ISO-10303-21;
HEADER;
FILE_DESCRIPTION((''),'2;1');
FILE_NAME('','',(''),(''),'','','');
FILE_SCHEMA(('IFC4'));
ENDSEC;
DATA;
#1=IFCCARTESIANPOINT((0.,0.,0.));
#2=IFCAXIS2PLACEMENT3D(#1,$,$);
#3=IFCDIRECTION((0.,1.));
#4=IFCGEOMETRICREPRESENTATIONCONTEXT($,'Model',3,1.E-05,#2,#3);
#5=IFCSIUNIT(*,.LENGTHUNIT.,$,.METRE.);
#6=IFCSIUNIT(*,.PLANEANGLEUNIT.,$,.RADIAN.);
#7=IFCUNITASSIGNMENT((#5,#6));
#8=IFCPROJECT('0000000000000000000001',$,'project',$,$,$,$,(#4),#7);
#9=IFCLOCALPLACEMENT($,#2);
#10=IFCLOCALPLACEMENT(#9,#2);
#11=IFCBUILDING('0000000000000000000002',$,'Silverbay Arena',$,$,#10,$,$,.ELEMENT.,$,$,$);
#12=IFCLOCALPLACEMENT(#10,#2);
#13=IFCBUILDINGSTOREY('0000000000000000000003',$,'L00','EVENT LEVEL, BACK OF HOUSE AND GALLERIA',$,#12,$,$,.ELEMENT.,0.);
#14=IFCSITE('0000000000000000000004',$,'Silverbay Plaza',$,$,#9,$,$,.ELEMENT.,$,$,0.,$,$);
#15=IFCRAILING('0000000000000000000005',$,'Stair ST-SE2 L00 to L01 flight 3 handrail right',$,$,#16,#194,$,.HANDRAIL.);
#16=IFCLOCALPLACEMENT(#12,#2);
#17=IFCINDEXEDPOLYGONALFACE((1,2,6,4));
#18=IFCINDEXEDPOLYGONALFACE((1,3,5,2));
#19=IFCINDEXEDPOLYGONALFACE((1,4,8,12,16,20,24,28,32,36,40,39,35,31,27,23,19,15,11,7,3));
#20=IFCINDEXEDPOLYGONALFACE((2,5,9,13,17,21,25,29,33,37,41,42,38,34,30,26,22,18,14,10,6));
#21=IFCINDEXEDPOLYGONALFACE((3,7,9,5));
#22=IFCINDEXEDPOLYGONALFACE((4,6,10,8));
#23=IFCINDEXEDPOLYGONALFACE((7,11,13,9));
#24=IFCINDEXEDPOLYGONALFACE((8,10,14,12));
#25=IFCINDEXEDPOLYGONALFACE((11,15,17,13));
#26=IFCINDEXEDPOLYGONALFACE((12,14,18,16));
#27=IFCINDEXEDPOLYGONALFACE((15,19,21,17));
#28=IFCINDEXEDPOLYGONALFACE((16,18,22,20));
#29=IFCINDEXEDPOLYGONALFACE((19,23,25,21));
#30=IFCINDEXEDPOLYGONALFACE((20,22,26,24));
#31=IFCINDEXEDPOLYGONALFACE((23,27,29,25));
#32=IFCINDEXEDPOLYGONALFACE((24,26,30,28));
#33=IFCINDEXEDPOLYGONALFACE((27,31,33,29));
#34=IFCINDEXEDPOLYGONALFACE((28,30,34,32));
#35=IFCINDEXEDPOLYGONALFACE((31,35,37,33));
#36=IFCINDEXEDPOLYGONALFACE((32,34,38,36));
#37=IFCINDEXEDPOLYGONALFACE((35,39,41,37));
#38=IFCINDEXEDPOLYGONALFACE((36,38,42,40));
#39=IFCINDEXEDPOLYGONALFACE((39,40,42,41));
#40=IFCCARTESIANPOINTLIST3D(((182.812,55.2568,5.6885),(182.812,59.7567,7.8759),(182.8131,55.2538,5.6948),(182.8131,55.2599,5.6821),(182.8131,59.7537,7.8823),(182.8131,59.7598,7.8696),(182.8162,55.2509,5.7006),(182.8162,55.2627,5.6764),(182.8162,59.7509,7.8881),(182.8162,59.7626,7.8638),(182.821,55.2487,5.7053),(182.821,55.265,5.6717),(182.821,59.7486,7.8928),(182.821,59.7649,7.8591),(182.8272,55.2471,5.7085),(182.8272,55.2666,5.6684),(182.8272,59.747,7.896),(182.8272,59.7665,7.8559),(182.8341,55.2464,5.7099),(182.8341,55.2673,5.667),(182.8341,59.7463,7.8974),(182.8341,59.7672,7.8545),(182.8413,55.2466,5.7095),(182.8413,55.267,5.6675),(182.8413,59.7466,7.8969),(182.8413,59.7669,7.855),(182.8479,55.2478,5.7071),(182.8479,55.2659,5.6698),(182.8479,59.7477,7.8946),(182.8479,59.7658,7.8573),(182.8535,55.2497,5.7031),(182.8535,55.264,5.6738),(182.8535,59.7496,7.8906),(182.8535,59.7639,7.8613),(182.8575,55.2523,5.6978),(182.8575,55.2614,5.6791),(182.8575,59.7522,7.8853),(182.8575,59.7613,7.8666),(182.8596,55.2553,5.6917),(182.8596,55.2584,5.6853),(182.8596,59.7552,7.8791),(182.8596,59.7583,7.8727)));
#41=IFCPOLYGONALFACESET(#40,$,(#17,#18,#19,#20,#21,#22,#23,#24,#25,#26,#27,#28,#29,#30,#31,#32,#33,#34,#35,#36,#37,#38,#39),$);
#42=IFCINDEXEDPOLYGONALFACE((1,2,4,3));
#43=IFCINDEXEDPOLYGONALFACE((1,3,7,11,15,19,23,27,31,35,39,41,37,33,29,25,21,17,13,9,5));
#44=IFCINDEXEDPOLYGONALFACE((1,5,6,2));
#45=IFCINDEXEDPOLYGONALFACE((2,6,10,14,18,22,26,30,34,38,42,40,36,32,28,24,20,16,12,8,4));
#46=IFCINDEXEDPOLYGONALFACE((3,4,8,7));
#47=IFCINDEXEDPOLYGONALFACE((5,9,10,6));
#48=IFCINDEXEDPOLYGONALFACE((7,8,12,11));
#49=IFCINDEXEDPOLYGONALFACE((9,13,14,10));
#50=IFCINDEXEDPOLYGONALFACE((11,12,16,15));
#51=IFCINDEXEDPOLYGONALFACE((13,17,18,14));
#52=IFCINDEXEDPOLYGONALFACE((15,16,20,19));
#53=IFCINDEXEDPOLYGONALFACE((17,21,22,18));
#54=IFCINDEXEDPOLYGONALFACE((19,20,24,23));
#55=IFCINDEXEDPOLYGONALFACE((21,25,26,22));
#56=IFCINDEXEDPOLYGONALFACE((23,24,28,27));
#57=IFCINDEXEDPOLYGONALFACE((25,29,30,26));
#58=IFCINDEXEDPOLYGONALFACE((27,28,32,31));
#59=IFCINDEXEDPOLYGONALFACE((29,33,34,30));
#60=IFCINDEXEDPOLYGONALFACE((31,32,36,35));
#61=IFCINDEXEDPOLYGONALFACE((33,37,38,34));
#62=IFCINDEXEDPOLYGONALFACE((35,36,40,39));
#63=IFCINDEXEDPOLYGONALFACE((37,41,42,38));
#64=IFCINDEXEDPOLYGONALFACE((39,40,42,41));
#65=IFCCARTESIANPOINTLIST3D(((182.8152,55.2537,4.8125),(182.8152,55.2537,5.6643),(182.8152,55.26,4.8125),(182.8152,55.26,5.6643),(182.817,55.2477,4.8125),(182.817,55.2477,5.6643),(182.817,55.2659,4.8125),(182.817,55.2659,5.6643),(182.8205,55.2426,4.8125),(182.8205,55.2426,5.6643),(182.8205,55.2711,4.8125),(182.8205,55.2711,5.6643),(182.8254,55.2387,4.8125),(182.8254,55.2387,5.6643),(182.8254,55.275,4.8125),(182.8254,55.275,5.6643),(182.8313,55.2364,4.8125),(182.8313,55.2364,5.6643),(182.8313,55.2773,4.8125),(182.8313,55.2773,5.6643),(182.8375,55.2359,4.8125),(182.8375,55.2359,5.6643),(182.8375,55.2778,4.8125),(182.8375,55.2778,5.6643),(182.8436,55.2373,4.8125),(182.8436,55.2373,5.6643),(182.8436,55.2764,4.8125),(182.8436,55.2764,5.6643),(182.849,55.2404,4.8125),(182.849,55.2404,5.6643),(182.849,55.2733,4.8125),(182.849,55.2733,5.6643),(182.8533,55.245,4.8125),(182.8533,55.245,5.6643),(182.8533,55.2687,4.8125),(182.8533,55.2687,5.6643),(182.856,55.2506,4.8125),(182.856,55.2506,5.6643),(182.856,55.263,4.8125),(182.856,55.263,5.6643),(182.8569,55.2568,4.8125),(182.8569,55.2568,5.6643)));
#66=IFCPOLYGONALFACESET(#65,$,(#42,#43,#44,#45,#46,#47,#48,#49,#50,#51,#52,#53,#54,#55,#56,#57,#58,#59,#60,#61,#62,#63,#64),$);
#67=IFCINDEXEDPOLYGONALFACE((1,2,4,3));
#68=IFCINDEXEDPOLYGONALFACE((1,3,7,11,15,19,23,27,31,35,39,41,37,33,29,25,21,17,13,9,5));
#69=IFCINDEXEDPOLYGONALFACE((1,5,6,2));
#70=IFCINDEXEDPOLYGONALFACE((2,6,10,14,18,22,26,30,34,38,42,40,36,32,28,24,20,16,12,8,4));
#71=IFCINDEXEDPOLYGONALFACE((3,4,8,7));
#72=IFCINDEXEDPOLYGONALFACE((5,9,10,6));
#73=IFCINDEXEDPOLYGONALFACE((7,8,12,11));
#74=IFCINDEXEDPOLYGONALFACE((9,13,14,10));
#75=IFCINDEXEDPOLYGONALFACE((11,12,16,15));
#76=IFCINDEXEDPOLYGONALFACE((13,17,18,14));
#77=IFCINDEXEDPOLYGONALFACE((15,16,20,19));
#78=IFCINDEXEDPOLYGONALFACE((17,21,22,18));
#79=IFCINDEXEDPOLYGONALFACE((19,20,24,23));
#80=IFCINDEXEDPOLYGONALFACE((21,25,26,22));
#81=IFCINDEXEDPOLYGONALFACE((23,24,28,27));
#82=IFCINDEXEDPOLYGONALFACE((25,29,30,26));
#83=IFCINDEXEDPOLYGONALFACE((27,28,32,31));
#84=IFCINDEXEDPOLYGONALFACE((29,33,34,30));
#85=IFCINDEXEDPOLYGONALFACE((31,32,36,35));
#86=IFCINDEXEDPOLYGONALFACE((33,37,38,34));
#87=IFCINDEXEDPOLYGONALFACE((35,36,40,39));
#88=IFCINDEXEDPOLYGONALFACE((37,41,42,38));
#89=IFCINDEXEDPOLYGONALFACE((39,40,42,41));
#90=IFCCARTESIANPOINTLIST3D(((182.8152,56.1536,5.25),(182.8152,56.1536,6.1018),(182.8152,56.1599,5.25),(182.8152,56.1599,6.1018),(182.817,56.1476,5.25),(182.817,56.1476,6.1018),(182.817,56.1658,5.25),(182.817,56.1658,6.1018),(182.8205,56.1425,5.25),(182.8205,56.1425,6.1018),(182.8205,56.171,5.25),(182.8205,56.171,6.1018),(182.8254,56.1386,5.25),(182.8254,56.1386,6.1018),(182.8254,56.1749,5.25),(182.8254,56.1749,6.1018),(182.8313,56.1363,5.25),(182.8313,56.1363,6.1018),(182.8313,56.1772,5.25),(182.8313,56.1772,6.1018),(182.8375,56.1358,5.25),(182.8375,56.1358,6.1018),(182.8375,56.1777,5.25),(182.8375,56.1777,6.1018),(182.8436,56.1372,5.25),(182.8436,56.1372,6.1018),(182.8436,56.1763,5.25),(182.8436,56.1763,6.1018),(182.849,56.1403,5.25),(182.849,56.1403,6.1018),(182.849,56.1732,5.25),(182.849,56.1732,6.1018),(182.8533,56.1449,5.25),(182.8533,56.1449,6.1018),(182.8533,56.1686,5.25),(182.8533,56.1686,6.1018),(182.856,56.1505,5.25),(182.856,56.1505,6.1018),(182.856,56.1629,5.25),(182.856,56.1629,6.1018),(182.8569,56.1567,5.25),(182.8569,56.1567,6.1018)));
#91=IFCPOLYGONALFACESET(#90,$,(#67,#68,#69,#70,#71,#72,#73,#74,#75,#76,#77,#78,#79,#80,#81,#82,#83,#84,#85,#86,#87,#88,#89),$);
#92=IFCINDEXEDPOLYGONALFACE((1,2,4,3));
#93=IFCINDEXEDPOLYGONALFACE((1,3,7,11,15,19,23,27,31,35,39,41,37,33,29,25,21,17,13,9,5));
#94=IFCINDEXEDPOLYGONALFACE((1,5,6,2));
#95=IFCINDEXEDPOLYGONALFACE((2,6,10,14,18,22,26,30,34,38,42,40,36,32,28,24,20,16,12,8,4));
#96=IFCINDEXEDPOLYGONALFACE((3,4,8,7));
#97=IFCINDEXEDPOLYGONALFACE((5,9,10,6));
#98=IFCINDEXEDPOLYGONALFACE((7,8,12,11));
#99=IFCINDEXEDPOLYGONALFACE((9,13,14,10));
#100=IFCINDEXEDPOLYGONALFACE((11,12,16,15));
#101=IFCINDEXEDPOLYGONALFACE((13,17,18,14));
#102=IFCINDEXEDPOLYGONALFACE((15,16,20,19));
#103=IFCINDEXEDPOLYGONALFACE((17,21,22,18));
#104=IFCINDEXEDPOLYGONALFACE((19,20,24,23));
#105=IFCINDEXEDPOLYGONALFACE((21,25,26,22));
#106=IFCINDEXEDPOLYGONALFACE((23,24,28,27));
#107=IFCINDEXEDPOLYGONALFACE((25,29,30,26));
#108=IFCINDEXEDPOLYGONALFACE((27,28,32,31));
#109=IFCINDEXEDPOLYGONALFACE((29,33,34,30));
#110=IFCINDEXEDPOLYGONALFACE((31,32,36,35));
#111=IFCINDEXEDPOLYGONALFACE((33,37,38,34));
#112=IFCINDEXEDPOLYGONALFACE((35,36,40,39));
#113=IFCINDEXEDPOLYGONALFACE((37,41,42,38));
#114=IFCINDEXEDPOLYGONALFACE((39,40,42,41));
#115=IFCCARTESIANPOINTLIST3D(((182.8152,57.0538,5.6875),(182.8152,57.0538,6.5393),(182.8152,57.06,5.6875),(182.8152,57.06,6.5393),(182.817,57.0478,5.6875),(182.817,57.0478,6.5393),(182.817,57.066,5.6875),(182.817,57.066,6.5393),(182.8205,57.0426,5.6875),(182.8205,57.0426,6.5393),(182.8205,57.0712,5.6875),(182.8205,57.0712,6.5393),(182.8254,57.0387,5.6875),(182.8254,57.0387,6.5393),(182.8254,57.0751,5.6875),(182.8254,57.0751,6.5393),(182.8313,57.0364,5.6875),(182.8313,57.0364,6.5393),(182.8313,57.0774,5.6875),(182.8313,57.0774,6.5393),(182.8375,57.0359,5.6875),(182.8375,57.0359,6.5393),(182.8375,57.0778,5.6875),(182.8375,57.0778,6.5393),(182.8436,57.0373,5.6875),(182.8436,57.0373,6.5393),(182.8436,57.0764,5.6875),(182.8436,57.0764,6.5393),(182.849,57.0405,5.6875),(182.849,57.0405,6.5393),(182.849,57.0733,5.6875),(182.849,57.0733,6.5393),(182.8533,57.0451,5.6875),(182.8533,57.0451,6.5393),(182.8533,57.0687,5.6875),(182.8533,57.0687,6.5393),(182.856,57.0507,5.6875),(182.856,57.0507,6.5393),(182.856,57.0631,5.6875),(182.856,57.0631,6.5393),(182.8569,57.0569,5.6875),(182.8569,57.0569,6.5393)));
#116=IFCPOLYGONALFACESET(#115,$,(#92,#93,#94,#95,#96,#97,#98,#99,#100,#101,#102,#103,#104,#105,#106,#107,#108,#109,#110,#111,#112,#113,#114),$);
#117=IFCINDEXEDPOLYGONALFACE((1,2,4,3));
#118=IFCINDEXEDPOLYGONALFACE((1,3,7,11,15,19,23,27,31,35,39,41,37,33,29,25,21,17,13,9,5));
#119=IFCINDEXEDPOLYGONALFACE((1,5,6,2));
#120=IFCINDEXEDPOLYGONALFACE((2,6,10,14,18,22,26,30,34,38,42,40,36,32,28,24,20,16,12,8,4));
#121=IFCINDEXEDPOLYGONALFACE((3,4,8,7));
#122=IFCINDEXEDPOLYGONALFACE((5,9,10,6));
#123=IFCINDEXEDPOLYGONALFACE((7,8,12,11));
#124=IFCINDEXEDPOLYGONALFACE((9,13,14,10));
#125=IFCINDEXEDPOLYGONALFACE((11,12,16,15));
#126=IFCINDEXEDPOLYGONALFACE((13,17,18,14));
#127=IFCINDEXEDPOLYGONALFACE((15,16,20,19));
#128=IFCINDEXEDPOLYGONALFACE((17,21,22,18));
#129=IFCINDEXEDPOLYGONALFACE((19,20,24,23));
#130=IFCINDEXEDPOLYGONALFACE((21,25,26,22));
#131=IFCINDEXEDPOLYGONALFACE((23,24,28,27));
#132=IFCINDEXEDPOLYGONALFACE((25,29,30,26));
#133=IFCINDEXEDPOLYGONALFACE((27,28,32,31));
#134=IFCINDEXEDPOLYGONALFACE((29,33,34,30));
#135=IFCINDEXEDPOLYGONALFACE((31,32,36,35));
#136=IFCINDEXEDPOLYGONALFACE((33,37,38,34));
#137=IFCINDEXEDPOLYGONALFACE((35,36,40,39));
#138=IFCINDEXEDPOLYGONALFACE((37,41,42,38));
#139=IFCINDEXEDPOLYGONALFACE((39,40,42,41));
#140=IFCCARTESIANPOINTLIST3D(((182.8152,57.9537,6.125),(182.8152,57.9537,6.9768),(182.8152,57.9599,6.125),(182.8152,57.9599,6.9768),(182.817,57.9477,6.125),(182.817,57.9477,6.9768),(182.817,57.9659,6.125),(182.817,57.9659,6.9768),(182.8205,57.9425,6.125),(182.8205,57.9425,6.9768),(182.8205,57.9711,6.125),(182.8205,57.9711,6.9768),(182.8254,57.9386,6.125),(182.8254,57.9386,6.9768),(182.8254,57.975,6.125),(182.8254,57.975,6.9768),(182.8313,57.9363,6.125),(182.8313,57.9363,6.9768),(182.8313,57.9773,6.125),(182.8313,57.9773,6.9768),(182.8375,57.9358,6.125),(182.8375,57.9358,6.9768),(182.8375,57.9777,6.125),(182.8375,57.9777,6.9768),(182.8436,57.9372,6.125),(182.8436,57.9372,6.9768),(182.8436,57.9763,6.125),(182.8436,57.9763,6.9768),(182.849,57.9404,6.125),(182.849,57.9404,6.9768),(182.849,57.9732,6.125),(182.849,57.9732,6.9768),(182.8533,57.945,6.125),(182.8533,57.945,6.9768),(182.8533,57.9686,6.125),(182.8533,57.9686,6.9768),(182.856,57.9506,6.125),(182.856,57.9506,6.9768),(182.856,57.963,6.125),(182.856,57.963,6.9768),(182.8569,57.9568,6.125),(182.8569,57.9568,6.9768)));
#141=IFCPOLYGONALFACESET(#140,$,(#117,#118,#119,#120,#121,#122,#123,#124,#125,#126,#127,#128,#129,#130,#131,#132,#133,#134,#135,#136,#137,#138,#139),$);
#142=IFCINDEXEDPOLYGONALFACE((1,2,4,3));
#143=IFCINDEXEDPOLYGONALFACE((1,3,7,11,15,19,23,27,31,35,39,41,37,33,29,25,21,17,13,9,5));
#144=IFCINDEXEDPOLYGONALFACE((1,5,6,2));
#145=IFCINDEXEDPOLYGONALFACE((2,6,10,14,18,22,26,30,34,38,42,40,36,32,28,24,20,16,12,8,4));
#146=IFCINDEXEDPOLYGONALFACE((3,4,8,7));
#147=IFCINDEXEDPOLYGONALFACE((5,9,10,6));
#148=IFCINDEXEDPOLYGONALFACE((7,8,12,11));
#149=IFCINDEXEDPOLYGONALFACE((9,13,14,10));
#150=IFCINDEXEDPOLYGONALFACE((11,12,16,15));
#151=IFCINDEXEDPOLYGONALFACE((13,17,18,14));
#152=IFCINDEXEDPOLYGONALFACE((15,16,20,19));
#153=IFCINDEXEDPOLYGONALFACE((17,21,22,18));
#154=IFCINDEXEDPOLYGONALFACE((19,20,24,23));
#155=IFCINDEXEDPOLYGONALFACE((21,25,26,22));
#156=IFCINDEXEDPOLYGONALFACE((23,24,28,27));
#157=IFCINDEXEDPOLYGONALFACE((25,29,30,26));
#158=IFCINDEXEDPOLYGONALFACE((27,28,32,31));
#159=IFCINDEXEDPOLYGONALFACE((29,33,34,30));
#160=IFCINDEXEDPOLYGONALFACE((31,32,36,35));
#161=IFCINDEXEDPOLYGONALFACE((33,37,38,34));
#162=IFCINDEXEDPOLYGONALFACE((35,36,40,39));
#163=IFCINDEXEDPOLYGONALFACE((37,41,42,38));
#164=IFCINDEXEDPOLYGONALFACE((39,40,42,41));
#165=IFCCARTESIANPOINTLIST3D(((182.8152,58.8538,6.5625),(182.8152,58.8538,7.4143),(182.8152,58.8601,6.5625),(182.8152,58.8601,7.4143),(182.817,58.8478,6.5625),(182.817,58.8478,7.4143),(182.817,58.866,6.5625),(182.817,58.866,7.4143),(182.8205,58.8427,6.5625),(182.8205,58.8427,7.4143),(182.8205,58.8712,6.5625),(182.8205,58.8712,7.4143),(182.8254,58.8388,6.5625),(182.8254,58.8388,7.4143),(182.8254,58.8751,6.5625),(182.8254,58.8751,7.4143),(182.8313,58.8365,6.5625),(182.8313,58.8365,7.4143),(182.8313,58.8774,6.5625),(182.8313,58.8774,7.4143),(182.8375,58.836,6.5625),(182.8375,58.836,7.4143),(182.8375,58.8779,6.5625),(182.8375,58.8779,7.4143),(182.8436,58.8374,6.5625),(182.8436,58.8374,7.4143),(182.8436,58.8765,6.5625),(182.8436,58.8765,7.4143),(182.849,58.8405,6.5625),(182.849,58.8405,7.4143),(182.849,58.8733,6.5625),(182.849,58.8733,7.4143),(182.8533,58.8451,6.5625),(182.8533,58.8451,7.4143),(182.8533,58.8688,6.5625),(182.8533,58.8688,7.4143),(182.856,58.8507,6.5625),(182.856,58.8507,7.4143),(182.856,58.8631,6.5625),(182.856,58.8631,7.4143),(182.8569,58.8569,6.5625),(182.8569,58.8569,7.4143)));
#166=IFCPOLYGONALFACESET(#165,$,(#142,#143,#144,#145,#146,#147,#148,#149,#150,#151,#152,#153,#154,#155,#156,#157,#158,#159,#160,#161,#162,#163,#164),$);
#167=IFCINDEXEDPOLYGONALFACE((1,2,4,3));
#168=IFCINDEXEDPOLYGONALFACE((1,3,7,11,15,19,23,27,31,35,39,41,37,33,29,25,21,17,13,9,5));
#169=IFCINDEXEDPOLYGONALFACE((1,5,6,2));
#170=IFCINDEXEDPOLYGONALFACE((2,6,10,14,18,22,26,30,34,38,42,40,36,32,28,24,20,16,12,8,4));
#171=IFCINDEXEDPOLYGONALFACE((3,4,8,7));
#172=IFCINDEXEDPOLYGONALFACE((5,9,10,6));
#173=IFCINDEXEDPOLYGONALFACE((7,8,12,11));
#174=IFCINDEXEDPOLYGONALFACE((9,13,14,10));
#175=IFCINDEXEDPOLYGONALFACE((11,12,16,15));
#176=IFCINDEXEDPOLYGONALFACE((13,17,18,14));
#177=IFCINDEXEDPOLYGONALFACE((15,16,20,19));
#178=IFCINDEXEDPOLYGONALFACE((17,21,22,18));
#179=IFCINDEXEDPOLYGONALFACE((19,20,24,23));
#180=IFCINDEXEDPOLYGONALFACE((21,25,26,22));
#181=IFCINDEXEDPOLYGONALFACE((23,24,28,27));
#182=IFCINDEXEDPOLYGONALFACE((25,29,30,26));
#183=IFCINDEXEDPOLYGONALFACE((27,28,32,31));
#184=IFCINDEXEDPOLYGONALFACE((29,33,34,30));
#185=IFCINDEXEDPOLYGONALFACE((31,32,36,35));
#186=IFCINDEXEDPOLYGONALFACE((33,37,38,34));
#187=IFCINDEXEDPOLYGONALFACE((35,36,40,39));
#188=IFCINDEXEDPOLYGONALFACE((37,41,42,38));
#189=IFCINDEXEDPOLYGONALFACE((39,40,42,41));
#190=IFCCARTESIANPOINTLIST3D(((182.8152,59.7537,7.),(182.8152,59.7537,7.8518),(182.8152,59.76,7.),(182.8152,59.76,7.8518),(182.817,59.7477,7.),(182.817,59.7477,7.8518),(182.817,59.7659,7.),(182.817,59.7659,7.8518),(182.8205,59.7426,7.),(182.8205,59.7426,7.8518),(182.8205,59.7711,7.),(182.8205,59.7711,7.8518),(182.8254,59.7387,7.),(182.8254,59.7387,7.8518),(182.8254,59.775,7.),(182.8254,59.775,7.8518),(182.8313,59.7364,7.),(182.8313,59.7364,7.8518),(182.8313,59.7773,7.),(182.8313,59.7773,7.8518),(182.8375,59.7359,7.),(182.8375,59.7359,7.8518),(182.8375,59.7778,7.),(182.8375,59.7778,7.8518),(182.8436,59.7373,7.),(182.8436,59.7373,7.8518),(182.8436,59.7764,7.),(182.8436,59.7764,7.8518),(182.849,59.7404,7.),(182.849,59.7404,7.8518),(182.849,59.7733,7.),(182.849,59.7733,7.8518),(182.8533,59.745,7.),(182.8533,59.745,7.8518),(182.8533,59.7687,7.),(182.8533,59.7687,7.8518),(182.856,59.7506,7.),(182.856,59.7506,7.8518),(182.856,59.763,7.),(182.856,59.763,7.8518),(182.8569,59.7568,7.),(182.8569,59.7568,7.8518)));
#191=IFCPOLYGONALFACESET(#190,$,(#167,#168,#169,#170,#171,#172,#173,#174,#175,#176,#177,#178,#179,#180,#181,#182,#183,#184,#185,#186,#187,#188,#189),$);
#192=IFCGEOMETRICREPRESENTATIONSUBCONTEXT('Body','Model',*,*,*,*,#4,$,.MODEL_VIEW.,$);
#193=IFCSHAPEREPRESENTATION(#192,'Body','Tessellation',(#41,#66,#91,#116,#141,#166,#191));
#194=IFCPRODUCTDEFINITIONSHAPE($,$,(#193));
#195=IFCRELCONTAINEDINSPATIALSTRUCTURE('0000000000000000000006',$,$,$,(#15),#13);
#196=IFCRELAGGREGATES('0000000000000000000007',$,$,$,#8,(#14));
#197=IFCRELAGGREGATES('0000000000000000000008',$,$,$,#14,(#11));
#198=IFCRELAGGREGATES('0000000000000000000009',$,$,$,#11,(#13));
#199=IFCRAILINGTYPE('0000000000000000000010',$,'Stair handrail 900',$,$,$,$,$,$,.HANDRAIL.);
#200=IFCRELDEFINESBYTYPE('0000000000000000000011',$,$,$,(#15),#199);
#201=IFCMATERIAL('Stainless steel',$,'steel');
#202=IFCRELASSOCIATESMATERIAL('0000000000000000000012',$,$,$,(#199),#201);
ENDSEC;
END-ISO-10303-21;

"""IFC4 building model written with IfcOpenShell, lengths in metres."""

from ifc_helpers import new_model, si_unit, direction, frame, origin, origin_2d, place, context, subcontext, project, spatial, circle, extrude, material, type_object, element, save


model = new_model("IFC4")

# Units and contexts
model_context = context("Model", 3, precision=1e-05, world=origin(), true_north=direction((0.0, 1.0)))
body_context = subcontext(model_context, "Body", "Model", "MODEL_VIEW")
ifc_project = project(units=[si_unit("LENGTHUNIT", "METRE"), si_unit("PLANEANGLEUNIT", "RADIAN")], contexts=[model_context])

# Site, building, storey
site_placement = place(None, origin())
site = spatial("IfcSite", under=ifc_project, at=site_placement, Name="Silverbay Plaza", CompositionType="ELEMENT", RefElevation=0.0)
building_placement = place(site_placement, origin())
building = spatial("IfcBuilding", under=site, at=building_placement, Name="Silverbay Arena", CompositionType="ELEMENT")
storey_placement = place(building_placement, origin())
storey = spatial("IfcBuildingStorey", under=building, at=storey_placement, Name="L00", Description="EVENT LEVEL, BACK OF HOUSE AND GALLERIA", CompositionType="ELEMENT", Elevation=0.0)

# Railing
ifc_material_1 = material(Name="Stainless steel", Category="steel")
railing_type_1 = type_object("IfcRailingType", Name="Stair handrail 900", PredefinedType="HANDRAIL", material=ifc_material_1)
for number, where, name in (
    (1, (182.8359, 55.2568, 4.8125), "Stair ST-SE2 L00 to L01 flight 3 handrail right"),
):
    element("IfcRailing", number, at=place(storey_placement, frame(where)), inside=storey, type_object=railing_type_1, Name=name, PredefinedType="HANDRAIL", context=body_context, shape_type="SweptSolid", body=[
        extrude(circle(Radius=0.0239, at=origin_2d()), frame((0.0, 0.0, 0.876), z_axis=(0.0, 0.899368, 0.437193), x_axis=(-1.0, 0.0, 0.0)), (0.0, 0.0, 1.0), 5.0034),
        extrude(circle(Radius=0.021, at=origin_2d()), origin(), (0.0, 0.0, 1.0), 0.8518),
        extrude(circle(Radius=0.021, at=origin_2d()), frame((0.0, 0.8999, 0.4375)), (0.0, 0.0, 1.0), 0.8518),
        extrude(circle(Radius=0.021, at=origin_2d()), frame((0.0, 1.8, 0.875)), (0.0, 0.0, 1.0), 0.8518),
        extrude(circle(Radius=0.021, at=origin_2d()), frame((0.0, 2.7, 1.3125)), (0.0, 0.0, 1.0), 0.8518),
        extrude(circle(Radius=0.021, at=origin_2d()), frame((0.0, 3.6001, 1.75)), (0.0, 0.0, 1.0), 0.8518),
        extrude(circle(Radius=0.021, at=origin_2d()), frame((0.0, 4.5, 2.1875)), (0.0, 0.0, 1.0), 0.8518),
    ])

save(model, "model.ifc")
